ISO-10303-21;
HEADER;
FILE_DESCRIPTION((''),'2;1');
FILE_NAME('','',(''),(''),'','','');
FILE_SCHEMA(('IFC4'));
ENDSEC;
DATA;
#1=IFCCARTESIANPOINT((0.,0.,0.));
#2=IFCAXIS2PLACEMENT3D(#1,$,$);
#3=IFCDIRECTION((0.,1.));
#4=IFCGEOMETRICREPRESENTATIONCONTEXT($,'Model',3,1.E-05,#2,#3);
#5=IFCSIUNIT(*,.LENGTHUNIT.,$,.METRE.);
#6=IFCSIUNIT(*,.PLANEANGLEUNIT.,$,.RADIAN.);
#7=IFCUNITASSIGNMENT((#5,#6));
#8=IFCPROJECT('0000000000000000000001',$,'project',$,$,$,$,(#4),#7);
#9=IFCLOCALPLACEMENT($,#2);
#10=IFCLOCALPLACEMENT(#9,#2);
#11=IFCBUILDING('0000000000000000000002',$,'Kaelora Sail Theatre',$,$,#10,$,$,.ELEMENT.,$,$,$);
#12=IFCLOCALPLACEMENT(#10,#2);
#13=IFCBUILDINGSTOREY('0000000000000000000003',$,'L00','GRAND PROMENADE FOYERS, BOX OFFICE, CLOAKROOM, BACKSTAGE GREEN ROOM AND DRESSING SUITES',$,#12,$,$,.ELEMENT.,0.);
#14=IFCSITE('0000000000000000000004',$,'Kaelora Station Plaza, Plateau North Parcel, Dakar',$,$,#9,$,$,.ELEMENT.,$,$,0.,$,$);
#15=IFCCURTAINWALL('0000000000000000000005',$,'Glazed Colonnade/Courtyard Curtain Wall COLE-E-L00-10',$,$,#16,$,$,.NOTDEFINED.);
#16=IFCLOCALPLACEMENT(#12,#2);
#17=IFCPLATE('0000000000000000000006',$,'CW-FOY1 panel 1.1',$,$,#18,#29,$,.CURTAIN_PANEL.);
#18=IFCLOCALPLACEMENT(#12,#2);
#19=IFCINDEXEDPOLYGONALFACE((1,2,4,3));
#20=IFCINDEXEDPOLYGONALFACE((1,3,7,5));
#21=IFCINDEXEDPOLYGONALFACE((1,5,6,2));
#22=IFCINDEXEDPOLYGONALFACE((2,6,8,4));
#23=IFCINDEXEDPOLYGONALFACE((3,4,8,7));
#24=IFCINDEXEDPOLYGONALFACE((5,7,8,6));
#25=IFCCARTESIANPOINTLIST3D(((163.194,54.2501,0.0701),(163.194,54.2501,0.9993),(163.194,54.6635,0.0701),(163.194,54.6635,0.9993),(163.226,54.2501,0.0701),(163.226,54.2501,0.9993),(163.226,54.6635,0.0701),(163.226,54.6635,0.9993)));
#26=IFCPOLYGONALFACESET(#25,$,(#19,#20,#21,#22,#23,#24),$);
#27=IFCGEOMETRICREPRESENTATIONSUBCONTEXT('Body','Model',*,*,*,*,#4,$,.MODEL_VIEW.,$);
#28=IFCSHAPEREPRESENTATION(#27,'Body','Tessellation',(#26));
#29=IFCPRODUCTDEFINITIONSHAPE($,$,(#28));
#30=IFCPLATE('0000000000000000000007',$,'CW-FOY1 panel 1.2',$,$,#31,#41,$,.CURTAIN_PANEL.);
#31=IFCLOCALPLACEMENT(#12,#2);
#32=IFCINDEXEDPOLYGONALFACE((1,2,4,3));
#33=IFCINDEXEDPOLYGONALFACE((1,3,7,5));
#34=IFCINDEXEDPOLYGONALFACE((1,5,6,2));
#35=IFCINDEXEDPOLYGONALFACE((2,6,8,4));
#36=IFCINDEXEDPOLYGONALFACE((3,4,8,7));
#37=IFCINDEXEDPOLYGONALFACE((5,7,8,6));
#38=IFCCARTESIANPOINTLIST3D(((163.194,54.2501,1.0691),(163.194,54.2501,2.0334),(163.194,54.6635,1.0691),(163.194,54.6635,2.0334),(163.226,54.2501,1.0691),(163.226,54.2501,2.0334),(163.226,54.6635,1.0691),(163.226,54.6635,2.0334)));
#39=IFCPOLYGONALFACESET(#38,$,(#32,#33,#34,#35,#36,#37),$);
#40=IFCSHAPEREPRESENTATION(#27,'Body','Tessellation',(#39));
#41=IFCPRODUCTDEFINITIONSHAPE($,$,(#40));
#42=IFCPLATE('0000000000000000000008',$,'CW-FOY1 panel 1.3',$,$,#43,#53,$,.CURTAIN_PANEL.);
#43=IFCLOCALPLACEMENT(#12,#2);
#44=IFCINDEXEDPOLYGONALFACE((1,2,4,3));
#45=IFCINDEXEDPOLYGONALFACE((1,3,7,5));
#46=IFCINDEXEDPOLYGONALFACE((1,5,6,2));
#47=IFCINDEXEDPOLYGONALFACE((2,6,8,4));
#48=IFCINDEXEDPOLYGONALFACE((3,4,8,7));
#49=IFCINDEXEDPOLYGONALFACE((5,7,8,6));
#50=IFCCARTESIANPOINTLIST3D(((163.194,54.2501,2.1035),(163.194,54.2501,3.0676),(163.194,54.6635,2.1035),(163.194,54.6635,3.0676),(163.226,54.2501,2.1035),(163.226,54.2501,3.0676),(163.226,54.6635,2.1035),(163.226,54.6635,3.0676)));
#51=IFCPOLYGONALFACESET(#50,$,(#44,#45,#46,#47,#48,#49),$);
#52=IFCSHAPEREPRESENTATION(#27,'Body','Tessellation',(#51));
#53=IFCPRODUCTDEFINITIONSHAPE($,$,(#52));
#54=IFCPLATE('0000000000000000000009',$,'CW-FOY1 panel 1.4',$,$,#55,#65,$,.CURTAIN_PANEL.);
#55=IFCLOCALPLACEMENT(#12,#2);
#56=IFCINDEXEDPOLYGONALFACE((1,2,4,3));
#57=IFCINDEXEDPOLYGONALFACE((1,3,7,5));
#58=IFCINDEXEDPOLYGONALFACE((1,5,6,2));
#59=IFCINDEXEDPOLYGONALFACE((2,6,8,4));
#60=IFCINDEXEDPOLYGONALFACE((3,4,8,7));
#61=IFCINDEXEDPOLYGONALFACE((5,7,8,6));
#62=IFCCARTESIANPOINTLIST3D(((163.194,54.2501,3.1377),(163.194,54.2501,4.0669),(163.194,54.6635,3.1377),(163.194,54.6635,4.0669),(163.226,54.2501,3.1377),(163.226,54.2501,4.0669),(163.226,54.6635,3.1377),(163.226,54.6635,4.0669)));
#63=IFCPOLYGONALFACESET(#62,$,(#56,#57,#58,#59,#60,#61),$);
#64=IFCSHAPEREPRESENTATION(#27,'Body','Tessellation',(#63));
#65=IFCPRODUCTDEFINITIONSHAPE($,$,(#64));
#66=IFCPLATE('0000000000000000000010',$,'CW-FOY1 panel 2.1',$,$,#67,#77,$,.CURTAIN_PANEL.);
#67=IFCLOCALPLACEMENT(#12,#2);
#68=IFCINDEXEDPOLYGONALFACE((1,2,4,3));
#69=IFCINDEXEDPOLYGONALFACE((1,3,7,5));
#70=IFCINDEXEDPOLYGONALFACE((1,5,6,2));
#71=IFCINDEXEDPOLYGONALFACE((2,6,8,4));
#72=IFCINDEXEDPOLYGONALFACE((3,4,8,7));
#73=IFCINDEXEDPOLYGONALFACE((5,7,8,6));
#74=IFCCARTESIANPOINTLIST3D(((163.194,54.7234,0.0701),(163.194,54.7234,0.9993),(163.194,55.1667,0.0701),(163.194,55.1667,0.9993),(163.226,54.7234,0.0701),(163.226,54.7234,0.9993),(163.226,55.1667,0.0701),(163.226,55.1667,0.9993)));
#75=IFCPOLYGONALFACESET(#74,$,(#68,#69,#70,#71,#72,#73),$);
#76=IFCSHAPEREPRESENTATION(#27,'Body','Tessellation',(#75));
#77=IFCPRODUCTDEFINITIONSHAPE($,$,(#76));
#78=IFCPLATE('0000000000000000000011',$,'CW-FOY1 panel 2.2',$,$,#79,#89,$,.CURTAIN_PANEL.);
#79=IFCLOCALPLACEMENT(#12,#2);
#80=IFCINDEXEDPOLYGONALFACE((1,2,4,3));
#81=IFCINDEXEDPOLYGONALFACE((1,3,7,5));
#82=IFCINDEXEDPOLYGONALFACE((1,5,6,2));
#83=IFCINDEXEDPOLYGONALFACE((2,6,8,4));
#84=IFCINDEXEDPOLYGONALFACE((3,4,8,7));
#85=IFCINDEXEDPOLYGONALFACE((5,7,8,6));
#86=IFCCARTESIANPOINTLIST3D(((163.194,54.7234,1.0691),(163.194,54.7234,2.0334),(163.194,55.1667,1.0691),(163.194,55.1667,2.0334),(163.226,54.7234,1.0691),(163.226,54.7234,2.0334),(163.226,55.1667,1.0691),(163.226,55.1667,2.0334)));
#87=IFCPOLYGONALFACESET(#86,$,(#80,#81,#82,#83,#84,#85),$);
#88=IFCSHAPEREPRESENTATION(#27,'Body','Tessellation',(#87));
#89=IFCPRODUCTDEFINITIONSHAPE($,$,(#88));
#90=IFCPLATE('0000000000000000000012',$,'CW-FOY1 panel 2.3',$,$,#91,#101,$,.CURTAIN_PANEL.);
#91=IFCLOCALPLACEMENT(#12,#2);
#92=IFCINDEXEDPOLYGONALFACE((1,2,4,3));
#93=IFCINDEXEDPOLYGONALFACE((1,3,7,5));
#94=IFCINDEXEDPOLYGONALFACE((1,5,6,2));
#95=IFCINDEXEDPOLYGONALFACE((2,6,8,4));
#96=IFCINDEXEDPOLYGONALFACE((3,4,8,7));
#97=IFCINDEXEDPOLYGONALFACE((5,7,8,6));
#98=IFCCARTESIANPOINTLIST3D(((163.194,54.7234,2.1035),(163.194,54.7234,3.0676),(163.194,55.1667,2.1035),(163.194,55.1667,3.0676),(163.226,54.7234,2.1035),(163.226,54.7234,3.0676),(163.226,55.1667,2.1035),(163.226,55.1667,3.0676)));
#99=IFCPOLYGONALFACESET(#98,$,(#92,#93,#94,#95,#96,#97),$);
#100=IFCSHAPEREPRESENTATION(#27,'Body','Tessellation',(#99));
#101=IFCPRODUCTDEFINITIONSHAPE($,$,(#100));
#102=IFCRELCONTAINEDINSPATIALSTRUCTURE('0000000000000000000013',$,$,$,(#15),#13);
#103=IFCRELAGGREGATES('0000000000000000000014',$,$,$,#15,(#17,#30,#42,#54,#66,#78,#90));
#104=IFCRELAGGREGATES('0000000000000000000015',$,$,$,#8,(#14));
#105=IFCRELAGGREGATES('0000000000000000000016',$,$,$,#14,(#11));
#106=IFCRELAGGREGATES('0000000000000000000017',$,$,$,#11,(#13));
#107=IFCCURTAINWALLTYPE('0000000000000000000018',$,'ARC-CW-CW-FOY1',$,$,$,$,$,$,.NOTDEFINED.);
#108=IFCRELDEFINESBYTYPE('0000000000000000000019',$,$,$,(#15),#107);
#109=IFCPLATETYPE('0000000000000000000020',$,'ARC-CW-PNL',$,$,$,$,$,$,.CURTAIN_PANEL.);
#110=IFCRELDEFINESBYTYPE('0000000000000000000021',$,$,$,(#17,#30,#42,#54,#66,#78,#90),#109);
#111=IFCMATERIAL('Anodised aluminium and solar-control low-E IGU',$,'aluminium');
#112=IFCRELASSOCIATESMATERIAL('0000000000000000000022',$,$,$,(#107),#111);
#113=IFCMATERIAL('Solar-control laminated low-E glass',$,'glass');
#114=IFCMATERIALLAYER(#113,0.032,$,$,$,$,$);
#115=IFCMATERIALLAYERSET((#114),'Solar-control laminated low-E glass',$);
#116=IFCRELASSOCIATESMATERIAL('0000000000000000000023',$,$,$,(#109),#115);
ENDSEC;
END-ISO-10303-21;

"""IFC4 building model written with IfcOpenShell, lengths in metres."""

from ifc_helpers import new_model, si_unit, direction, frame, origin, origin_2d, place, context, subcontext, project, spatial, rectangle, extrude, material, layer, layer_set, type_object, element, aggregate, save


model = new_model("IFC4")

# Units and contexts
model_context = context("Model", 3, precision=1e-05, world=origin(), true_north=direction((0.0, 1.0)))
body_context = subcontext(model_context, "Body", "Model", "MODEL_VIEW")
ifc_project = project(units=[si_unit("LENGTHUNIT", "METRE"), si_unit("PLANEANGLEUNIT", "RADIAN")], contexts=[model_context])

# Site, building, storey
site_placement = place(None, origin())
site = spatial("IfcSite", under=ifc_project, at=site_placement, Name="Kaelora Station Plaza, Plateau North Parcel, Dakar", CompositionType="ELEMENT", RefElevation=0.0)
building_placement = place(site_placement, origin())
building = spatial("IfcBuilding", under=site, at=building_placement, Name="Kaelora Sail Theatre", CompositionType="ELEMENT")
storey_placement = place(building_placement, origin())
storey = spatial("IfcBuildingStorey", under=building, at=storey_placement, Name="L00", Description="GRAND PROMENADE FOYERS, BOX OFFICE, CLOAKROOM, BACKSTAGE GREEN ROOM AND DRESSING SUITES", CompositionType="ELEMENT", Elevation=0.0)

# Curtain wall
ifc_material_1 = material(Name="Anodised aluminium and solar-control low-E IGU", Category="aluminium")
curtain_wall_type = type_object("IfcCurtainWallType", Name="ARC-CW-CW-FOY1", PredefinedType="NOTDEFINED", material=ifc_material_1)
curtain_wall_placement = place(storey_placement, origin())
curtain_wall = element("IfcCurtainWall", 1, at=curtain_wall_placement, inside=storey, type_object=curtain_wall_type, Name="Glazed Colonnade/Courtyard Curtain Wall COLE-E-L00-10", PredefinedType="NOTDEFINED")

# Plates
ifc_material_2 = material(Name="Solar-control laminated low-E glass", Category="glass")
ifc_layer = layer(ifc_material_2, 0.032)
ifc_layer_set = layer_set([ifc_layer], Name="Solar-control laminated low-E glass")
plate_type = type_object("IfcPlateType", Name="ARC-CW-PNL", PredefinedType="CURTAIN_PANEL", material=ifc_layer_set)
plate_1_placement = place(storey_placement, frame((163.21, 54.4568, 0.0701), z_axis=(0.0, 0.0, 1.0), x_axis=(0.0, 1.0, 0.0)))
plate_1 = element("IfcPlate", 2, at=plate_1_placement, type_object=plate_type, Name="CW-FOY1 panel 1.1", PredefinedType="CURTAIN_PANEL", context=body_context, shape_type="SweptSolid", body=[
    extrude(rectangle(XDim=0.4133, YDim=0.032, at=origin_2d()), origin(), (0.0, 0.0, 1.0), 0.9292),
])
plate_2_placement = place(storey_placement, frame((163.21, 54.4568, 1.0691), z_axis=(0.0, 0.0, 1.0), x_axis=(0.0, 1.0, 0.0)))
plate_2 = element("IfcPlate", 3, at=plate_2_placement, type_object=plate_type, Name="CW-FOY1 panel 1.2", PredefinedType="CURTAIN_PANEL", context=body_context, shape_type="SweptSolid", body=[
    extrude(rectangle(XDim=0.4133, YDim=0.032, at=origin_2d()), origin(), (0.0, 0.0, 1.0), 0.9644),
])
plate_3_placement = place(storey_placement, frame((163.21, 54.4568, 2.1035), z_axis=(0.0, 0.0, 1.0), x_axis=(0.0, 1.0, 0.0)))
plate_3 = element("IfcPlate", 4, at=plate_3_placement, type_object=plate_type, Name="CW-FOY1 panel 1.3", PredefinedType="CURTAIN_PANEL", context=body_context, shape_type="SweptSolid", body=[
    extrude(rectangle(XDim=0.4133, YDim=0.032, at=origin_2d()), origin(), (0.0, 0.0, 1.0), 0.9641),
])
plate_4_placement = place(storey_placement, frame((163.21, 54.4568, 3.1377), z_axis=(0.0, 0.0, 1.0), x_axis=(0.0, 1.0, 0.0)))
plate_4 = element("IfcPlate", 5, at=plate_4_placement, type_object=plate_type, Name="CW-FOY1 panel 1.4", PredefinedType="CURTAIN_PANEL", context=body_context, shape_type="SweptSolid", body=[
    extrude(rectangle(XDim=0.4133, YDim=0.032, at=origin_2d()), origin(), (0.0, 0.0, 1.0), 0.9292),
])
plate_5_placement = place(storey_placement, frame((163.21, 54.9451, 0.0701), z_axis=(0.0, 0.0, 1.0), x_axis=(0.0, 1.0, 0.0)))
plate_5 = element("IfcPlate", 6, at=plate_5_placement, type_object=plate_type, Name="CW-FOY1 panel 2.1", PredefinedType="CURTAIN_PANEL", context=body_context, shape_type="SweptSolid", body=[
    extrude(rectangle(XDim=0.4434, YDim=0.032, at=origin_2d()), origin(), (0.0, 0.0, 1.0), 0.9292),
])
plate_6_placement = place(storey_placement, frame((163.21, 54.9451, 1.0691), z_axis=(0.0, 0.0, 1.0), x_axis=(0.0, 1.0, 0.0)))
plate_6 = element("IfcPlate", 7, at=plate_6_placement, type_object=plate_type, Name="CW-FOY1 panel 2.2", PredefinedType="CURTAIN_PANEL", context=body_context, shape_type="SweptSolid", body=[
    extrude(rectangle(XDim=0.4434, YDim=0.032, at=origin_2d()), origin(), (0.0, 0.0, 1.0), 0.9644),
])
plate_7_placement = place(storey_placement, frame((163.21, 54.9451, 2.1035), z_axis=(0.0, 0.0, 1.0), x_axis=(0.0, 1.0, 0.0)))
plate_7 = element("IfcPlate", 8, at=plate_7_placement, type_object=plate_type, Name="CW-FOY1 panel 2.3", PredefinedType="CURTAIN_PANEL", context=body_context, shape_type="SweptSolid", body=[
    extrude(rectangle(XDim=0.4434, YDim=0.032, at=origin_2d()), origin(), (0.0, 0.0, 1.0), 0.9641),
])
aggregate(curtain_wall, [plate_1, plate_2, plate_3, plate_4, plate_5, plate_6, plate_7])

save(model, "model.ifc")
